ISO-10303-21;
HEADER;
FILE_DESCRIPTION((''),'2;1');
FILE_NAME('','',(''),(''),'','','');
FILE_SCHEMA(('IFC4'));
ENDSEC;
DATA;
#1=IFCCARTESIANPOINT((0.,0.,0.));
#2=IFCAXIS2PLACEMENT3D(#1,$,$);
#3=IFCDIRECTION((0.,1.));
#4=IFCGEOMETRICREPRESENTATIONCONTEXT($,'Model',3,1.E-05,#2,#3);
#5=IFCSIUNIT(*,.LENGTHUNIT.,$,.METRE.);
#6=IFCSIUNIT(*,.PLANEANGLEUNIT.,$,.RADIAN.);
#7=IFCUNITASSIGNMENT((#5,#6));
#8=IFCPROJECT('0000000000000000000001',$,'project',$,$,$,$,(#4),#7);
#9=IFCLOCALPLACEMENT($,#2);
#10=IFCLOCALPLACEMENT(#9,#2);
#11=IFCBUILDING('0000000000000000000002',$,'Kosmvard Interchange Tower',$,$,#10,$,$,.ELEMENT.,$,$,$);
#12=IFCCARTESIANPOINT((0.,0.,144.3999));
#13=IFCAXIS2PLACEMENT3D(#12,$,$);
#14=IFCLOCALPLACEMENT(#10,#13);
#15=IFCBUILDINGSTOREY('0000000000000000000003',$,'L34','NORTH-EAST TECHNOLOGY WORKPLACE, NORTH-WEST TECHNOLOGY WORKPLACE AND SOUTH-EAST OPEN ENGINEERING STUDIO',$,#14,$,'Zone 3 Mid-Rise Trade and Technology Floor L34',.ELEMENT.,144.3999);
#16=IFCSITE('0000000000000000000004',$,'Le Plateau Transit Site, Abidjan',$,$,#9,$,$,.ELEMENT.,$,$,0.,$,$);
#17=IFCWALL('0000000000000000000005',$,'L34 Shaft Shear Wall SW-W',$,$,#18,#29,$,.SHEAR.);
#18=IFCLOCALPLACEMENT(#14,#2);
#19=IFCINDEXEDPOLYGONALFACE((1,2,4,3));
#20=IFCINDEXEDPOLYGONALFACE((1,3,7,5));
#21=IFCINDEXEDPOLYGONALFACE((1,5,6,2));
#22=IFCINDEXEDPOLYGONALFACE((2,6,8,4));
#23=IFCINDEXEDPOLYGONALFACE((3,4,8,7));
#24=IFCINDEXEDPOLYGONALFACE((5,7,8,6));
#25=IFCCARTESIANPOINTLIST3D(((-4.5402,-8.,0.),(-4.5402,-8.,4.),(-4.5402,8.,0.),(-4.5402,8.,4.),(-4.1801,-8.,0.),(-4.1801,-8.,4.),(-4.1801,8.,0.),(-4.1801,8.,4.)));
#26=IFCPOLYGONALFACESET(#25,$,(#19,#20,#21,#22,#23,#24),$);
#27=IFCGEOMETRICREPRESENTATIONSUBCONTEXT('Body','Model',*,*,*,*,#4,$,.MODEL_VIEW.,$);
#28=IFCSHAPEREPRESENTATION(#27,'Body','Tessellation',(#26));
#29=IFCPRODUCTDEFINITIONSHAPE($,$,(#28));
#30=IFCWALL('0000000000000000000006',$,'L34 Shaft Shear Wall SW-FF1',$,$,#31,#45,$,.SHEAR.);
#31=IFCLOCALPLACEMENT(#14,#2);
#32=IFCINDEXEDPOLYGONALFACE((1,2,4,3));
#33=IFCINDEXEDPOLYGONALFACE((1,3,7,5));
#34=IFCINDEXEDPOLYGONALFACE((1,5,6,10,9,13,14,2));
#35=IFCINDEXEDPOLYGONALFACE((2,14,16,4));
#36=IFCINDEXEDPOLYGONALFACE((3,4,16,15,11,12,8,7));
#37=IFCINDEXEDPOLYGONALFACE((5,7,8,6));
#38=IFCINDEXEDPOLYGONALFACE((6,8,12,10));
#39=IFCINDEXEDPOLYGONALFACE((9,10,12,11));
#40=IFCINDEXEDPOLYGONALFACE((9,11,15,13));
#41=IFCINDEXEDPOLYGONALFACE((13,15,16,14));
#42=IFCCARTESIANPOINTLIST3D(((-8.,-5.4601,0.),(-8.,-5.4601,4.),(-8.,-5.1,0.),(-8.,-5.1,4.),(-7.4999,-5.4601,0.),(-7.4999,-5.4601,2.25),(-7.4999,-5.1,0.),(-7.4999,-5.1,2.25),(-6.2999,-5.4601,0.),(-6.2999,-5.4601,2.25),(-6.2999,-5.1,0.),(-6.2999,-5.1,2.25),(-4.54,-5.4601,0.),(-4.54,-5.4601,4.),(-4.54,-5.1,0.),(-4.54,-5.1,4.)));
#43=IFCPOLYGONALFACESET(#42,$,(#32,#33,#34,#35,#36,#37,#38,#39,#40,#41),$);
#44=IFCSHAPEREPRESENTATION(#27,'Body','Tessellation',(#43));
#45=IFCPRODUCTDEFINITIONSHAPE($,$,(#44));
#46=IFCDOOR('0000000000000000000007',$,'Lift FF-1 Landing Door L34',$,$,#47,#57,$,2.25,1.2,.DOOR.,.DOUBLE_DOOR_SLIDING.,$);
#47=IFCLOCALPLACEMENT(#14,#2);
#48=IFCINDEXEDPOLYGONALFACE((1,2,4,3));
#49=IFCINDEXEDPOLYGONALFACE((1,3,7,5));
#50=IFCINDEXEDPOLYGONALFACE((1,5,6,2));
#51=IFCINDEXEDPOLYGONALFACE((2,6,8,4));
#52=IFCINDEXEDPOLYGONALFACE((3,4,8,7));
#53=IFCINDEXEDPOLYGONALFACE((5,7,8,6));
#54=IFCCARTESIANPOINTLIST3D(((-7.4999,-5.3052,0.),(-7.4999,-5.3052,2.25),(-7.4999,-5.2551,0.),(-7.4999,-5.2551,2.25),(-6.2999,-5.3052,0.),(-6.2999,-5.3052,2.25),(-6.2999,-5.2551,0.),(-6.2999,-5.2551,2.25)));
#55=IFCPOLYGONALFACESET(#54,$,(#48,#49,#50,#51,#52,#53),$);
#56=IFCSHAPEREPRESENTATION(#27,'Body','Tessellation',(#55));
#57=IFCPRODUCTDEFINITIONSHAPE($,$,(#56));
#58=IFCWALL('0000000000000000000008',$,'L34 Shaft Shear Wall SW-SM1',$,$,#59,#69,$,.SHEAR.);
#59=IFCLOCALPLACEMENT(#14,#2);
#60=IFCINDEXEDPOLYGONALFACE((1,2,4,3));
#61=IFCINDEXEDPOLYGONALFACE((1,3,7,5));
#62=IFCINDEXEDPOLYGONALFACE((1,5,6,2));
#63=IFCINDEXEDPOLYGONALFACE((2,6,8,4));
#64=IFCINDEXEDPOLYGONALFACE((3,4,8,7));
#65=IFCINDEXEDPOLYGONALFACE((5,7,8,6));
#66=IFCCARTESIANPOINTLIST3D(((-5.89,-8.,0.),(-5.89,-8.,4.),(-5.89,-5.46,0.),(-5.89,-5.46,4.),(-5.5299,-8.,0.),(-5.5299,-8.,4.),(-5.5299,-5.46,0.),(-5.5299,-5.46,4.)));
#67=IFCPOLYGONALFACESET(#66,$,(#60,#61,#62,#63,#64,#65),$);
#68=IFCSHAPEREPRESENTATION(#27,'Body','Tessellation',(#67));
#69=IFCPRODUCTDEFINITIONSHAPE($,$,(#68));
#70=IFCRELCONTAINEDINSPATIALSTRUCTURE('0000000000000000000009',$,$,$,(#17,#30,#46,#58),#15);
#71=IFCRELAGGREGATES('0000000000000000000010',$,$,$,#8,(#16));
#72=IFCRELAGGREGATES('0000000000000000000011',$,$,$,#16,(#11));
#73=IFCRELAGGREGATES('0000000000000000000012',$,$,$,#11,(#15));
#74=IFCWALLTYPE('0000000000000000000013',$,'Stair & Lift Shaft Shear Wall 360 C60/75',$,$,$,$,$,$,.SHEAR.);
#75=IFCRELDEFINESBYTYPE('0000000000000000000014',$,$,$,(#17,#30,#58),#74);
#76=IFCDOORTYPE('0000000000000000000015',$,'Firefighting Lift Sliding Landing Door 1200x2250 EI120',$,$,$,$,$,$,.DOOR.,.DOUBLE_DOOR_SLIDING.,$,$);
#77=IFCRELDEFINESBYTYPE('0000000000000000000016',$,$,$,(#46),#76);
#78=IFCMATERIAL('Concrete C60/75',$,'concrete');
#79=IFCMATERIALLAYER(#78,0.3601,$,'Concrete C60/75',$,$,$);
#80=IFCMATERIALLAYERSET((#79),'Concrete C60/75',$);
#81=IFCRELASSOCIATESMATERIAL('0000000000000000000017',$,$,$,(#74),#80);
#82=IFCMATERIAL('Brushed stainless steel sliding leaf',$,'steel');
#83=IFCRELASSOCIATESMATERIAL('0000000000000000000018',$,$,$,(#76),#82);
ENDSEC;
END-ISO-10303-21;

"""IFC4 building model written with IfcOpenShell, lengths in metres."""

from ifc_helpers import new_model, si_unit, direction, frame, frame_2d, origin, place, context, subcontext, project, spatial, rectangle, extrude, source, transform, mapped, material, layer, layer_set, type_object, element, fill, save


model = new_model("IFC4")

# Units and contexts
model_context = context("Model", 3, precision=1e-05, world=origin(), true_north=direction((0.0, 1.0)))
body_context = subcontext(model_context, "Body", "Model", "MODEL_VIEW")
ifc_project = project(units=[si_unit("LENGTHUNIT", "METRE"), si_unit("PLANEANGLEUNIT", "RADIAN")], contexts=[model_context])

# Site, building, storey
site_placement = place(None, origin())
site = spatial("IfcSite", under=ifc_project, at=site_placement, Name="Le Plateau Transit Site, Abidjan", CompositionType="ELEMENT", RefElevation=0.0)
building_placement = place(site_placement, origin())
building = spatial("IfcBuilding", under=site, at=building_placement, Name="Kosmvard Interchange Tower", CompositionType="ELEMENT")
storey_placement = place(building_placement, frame((0.0, 0.0, 144.3999)))
storey = spatial("IfcBuildingStorey", under=building, at=storey_placement, Name="L34", Description="NORTH-EAST TECHNOLOGY WORKPLACE, NORTH-WEST TECHNOLOGY WORKPLACE AND SOUTH-EAST OPEN ENGINEERING STUDIO", LongName="Zone 3 Mid-Rise Trade and Technology Floor L34", CompositionType="ELEMENT", Elevation=144.3999)

# Shared definitions
ifc_material_1 = material(Name="Concrete C60/75", Category="concrete")

# Shared definitions
ifc_material_2 = material(Name="Brushed stainless steel sliding leaf", Category="steel")

# Wall
ifc_layer_1 = layer(ifc_material_1, 0.3601, Name="Concrete C60/75")
ifc_layer_set_1 = layer_set([ifc_layer_1], Name="Concrete C60/75")
wall_type_1 = type_object("IfcWallType", Name="Stair & Lift Shaft Shear Wall 360 C60/75", PredefinedType="SHEAR", material=ifc_layer_set_1)
wall_1_placement = place(storey_placement, frame((-4.3601, -8.0, 0.0), z_axis=(0.0, 0.0, 1.0), x_axis=(0.0, 1.0, 0.0)))
element("IfcWall", 1, at=wall_1_placement, inside=storey, type_object=wall_type_1, Name="L34 Shaft Shear Wall SW-W", PredefinedType="SHEAR", context=body_context, shape_type="SweptSolid", body=[
    extrude(rectangle(XDim=16.0, YDim=0.3601, at=frame_2d((8.0, 0.0))), origin(), (0.0, 0.0, 1.0), 4.0),
])

# Wall, opening, door
wall_2_placement = place(storey_placement, frame((-8.0, -5.28, 0.0), z_axis=(0.0, 0.0, 1.0), x_axis=(1.0, 0.0, 0.0)))
wall_2 = element("IfcWall", 2, at=wall_2_placement, inside=storey, type_object=wall_type_1, Name="L34 Shaft Shear Wall SW-FF1", PredefinedType="SHEAR", context=body_context, shape_type="SweptSolid", body=[
    extrude(rectangle(XDim=3.46, YDim=0.3601, at=frame_2d((1.73, 0.0))), origin(), (0.0, 0.0, 1.0), 4.0),
])
opening_1_placement = place(wall_2_placement, frame((0.5, 0.0, 0.0)))
opening_1 = element("IfcOpeningElement", 3, at=opening_1_placement, cuts=wall_2, PredefinedType="OPENING", context=body_context, shape_type="SweptSolid", body=[
    extrude(rectangle(XDim=1.2, YDim=2.25, at=frame_2d((0.6001, 1.125))), frame((0.0, 0.1899, 0.0), z_axis=(0.0, -1.0, 0.0), x_axis=(1.0, 0.0, 0.0)), (0.0, 0.0, 1.0), 0.3801),
])
door_type_1 = type_object("IfcDoorType", Name="Firefighting Lift Sliding Landing Door 1200x2250 EI120", OperationType="DOUBLE_DOOR_SLIDING", PredefinedType="DOOR", material=ifc_material_2)
shared_shape_1 = source(origin(), body_context, "Body", "SweptSolid", [
    extrude(rectangle(XDim=1.2, YDim=2.25, at=frame_2d((0.6001, 1.125))), frame((0.0, 0.0249, 0.0), z_axis=(0.0, -1.0, 0.0), x_axis=(1.0, 0.0, 0.0)), (0.0, 0.0, 1.0), 0.05),
])
door_1_placement = place(opening_1_placement, origin())
door_1 = element("IfcDoor", 4, at=door_1_placement, inside=storey, type_object=door_type_1, Name="Lift FF-1 Landing Door L34", OperationType="DOUBLE_DOOR_SLIDING", OverallHeight=2.25, OverallWidth=1.2, PredefinedType="DOOR", context=body_context, shape_type="MappedRepresentation", body=[
    mapped(shared_shape_1, transform((0.0, 0.0, 0.0), scale=1.0)),
])
fill(opening_1, door_1)

# Wall
wall_3_placement = place(storey_placement, frame((-5.71, -8.0, 0.0), z_axis=(0.0, 0.0, 1.0), x_axis=(0.0, 1.0, 0.0)))
element("IfcWall", 5, at=wall_3_placement, inside=storey, type_object=wall_type_1, Name="L34 Shaft Shear Wall SW-SM1", PredefinedType="SHEAR", context=body_context, shape_type="SweptSolid", body=[
    extrude(rectangle(XDim=2.54, YDim=0.3601, at=frame_2d((1.27, 0.0))), origin(), (0.0, 0.0, 1.0), 4.0),
])

save(model, "model.ifc")
